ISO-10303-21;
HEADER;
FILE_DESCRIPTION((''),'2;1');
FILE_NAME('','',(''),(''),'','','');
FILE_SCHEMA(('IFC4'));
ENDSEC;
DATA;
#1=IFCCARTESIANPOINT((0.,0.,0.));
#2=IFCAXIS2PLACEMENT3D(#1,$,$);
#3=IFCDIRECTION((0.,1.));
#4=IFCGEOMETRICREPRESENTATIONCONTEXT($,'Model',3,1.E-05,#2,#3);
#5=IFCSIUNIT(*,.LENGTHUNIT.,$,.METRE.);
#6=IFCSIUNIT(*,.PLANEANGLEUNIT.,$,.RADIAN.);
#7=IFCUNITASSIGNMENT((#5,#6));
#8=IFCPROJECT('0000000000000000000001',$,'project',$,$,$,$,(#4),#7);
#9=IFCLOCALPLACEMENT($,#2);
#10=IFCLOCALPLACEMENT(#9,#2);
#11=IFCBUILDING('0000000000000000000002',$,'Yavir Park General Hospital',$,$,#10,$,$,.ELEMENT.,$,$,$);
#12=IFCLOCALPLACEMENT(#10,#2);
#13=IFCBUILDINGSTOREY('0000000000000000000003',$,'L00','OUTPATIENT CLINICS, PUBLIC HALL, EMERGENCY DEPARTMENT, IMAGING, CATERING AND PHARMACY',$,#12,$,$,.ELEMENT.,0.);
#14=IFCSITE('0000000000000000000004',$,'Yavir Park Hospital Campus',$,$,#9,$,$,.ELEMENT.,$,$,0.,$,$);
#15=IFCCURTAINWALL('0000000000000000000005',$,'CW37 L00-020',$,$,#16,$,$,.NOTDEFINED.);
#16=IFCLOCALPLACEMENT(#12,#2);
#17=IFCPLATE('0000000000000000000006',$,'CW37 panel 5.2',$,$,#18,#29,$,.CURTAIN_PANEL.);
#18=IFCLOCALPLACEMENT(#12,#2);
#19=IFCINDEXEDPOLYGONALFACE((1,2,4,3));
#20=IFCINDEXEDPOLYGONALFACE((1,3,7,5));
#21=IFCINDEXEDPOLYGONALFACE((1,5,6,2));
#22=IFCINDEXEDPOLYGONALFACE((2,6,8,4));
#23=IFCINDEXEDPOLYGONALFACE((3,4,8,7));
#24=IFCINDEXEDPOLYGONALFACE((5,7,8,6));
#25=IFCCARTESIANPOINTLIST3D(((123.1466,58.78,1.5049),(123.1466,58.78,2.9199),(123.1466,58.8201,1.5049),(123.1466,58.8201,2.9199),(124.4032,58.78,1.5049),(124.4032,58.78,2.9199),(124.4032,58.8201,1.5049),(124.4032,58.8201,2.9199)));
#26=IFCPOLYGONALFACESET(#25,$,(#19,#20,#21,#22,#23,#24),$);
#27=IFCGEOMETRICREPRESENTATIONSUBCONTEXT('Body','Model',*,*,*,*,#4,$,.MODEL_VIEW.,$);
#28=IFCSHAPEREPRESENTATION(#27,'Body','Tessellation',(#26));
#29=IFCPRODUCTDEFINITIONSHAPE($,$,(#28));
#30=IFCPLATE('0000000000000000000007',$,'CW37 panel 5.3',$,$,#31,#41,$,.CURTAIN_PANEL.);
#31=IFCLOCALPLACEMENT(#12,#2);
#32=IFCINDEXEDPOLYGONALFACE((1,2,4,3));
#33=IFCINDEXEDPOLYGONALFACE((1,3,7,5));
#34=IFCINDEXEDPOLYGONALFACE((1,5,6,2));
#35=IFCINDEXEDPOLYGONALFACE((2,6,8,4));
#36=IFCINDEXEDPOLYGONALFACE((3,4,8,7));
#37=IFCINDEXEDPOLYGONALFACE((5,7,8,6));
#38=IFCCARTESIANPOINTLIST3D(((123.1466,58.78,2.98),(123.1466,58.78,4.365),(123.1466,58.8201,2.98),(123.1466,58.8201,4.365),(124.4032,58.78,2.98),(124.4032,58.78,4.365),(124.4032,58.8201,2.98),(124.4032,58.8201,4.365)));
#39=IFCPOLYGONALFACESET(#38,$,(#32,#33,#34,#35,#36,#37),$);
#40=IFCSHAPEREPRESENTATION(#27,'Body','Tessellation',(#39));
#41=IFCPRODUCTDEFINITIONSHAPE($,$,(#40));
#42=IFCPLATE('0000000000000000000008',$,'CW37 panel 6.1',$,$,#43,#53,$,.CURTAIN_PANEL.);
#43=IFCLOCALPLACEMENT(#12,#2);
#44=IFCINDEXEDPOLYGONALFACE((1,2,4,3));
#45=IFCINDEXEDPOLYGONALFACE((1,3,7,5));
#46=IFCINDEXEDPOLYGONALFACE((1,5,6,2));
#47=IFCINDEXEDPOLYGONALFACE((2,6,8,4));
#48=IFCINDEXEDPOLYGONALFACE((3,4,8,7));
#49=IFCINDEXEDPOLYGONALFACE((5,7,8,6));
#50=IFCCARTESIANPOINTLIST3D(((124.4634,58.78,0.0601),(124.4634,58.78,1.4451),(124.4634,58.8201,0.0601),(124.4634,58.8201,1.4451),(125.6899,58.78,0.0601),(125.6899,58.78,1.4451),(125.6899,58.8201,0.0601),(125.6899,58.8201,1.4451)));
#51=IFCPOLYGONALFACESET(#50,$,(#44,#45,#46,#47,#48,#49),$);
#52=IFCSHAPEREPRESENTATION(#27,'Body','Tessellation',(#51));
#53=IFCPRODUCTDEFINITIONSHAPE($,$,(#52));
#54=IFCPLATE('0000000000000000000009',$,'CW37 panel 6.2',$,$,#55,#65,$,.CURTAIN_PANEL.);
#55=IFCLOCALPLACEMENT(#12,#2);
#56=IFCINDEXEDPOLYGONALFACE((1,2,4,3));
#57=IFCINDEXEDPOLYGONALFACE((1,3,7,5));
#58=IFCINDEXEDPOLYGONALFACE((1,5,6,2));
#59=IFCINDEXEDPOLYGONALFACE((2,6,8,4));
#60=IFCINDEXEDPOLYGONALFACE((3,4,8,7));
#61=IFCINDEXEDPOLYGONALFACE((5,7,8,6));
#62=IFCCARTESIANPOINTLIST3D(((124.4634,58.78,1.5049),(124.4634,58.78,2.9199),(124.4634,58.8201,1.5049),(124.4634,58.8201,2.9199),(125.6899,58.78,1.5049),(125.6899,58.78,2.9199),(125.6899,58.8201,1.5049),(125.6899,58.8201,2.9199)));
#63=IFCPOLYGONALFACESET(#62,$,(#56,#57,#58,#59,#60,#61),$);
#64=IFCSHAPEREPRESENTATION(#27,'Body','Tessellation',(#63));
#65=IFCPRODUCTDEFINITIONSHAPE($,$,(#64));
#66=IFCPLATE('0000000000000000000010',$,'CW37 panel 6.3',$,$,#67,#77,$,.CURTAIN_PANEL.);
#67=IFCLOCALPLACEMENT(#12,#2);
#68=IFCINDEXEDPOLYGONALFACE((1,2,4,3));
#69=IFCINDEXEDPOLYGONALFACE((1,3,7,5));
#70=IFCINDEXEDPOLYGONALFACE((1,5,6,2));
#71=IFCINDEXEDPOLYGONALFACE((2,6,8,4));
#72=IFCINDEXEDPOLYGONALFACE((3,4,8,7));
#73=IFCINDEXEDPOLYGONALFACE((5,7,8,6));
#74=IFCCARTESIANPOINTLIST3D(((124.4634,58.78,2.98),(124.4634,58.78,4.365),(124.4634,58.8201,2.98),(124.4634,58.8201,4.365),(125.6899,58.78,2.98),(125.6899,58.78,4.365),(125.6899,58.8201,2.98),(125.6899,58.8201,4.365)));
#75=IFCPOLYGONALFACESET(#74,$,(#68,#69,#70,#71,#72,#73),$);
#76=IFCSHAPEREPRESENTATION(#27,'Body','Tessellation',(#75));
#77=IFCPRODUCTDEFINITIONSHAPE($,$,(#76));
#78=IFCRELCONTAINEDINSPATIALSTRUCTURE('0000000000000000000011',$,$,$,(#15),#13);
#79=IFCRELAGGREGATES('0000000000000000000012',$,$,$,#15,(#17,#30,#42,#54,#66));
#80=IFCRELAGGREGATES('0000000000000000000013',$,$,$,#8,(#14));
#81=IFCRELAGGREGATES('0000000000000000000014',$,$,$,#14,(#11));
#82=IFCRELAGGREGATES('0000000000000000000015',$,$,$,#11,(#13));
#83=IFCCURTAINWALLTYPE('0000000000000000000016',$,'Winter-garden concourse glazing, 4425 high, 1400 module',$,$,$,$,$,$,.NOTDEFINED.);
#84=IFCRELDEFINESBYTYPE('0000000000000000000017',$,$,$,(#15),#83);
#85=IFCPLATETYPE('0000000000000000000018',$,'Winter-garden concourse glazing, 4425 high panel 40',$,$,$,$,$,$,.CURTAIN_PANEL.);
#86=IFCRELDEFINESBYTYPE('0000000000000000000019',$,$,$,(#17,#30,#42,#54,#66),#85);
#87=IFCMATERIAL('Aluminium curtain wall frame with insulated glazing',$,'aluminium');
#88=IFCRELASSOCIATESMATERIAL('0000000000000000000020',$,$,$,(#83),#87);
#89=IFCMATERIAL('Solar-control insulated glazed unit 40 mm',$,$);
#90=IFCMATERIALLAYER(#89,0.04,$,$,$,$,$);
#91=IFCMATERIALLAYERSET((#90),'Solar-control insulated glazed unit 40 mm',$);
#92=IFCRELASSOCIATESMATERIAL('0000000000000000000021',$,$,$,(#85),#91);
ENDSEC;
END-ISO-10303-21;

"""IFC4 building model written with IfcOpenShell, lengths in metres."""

from ifc_helpers import new_model, si_unit, direction, frame, origin, origin_2d, place, context, subcontext, project, spatial, rectangle, extrude, material, layer, layer_set, type_object, element, aggregate, save


model = new_model("IFC4")

# Units and contexts
model_context = context("Model", 3, precision=1e-05, world=origin(), true_north=direction((0.0, 1.0)))
body_context = subcontext(model_context, "Body", "Model", "MODEL_VIEW")
ifc_project = project(units=[si_unit("LENGTHUNIT", "METRE"), si_unit("PLANEANGLEUNIT", "RADIAN")], contexts=[model_context])

# Site, building, storey
site_placement = place(None, origin())
site = spatial("IfcSite", under=ifc_project, at=site_placement, Name="Yavir Park Hospital Campus", CompositionType="ELEMENT", RefElevation=0.0)
building_placement = place(site_placement, origin())
building = spatial("IfcBuilding", under=site, at=building_placement, Name="Yavir Park General Hospital", CompositionType="ELEMENT")
storey_placement = place(building_placement, origin())
storey = spatial("IfcBuildingStorey", under=building, at=storey_placement, Name="L00", Description="OUTPATIENT CLINICS, PUBLIC HALL, EMERGENCY DEPARTMENT, IMAGING, CATERING AND PHARMACY", CompositionType="ELEMENT", Elevation=0.0)

# Curtain wall, plates
ifc_material_1 = material(Name="Aluminium curtain wall frame with insulated glazing", Category="aluminium")
curtain_wall_type = type_object("IfcCurtainWallType", Name="Winter-garden concourse glazing, 4425 high, 1400 module", PredefinedType="NOTDEFINED", material=ifc_material_1)
curtain_wall_placement = place(storey_placement, origin())
curtain_wall = element("IfcCurtainWall", 1, at=curtain_wall_placement, inside=storey, type_object=curtain_wall_type, Name="CW37 L00-020", PredefinedType="NOTDEFINED")
ifc_material_2 = material(Name="Solar-control insulated glazed unit 40 mm")
ifc_layer = layer(ifc_material_2, 0.04)
ifc_layer_set = layer_set([ifc_layer], Name="Solar-control insulated glazed unit 40 mm")
plate_type = type_object("IfcPlateType", Name="Winter-garden concourse glazing, 4425 high panel 40", PredefinedType="CURTAIN_PANEL", material=ifc_layer_set)
plate_1_placement = place(storey_placement, frame((123.7749, 58.8, 1.5049), z_axis=(0.0, 0.0, 1.0), x_axis=(1.0, 0.0, 0.0)))
plate_1 = element("IfcPlate", 2, at=plate_1_placement, type_object=plate_type, Name="CW37 panel 5.2", PredefinedType="CURTAIN_PANEL", context=body_context, shape_type="SweptSolid", body=[
    extrude(rectangle(XDim=1.2566, YDim=0.04, at=origin_2d()), origin(), (0.0, 0.0, 1.0), 1.415),
])
plate_2_placement = place(storey_placement, frame((123.7749, 58.8, 2.98), z_axis=(0.0, 0.0, 1.0), x_axis=(1.0, 0.0, 0.0)))
plate_2 = element("IfcPlate", 3, at=plate_2_placement, type_object=plate_type, Name="CW37 panel 5.3", PredefinedType="CURTAIN_PANEL", context=body_context, shape_type="SweptSolid", body=[
    extrude(rectangle(XDim=1.2566, YDim=0.04, at=origin_2d()), origin(), (0.0, 0.0, 1.0), 1.385),
])
plate_3_placement = place(storey_placement, frame((125.0767, 58.8, 0.0601), z_axis=(0.0, 0.0, 1.0), x_axis=(1.0, 0.0, 0.0)))
plate_3 = element("IfcPlate", 4, at=plate_3_placement, type_object=plate_type, Name="CW37 panel 6.1", PredefinedType="CURTAIN_PANEL", context=body_context, shape_type="SweptSolid", body=[
    extrude(rectangle(XDim=1.2266, YDim=0.04, at=origin_2d()), origin(), (0.0, 0.0, 1.0), 1.385),
])
plate_4_placement = place(storey_placement, frame((125.0767, 58.8, 1.5049), z_axis=(0.0, 0.0, 1.0), x_axis=(1.0, 0.0, 0.0)))
plate_4 = element("IfcPlate", 5, at=plate_4_placement, type_object=plate_type, Name="CW37 panel 6.2", PredefinedType="CURTAIN_PANEL", context=body_context, shape_type="SweptSolid", body=[
    extrude(rectangle(XDim=1.2266, YDim=0.04, at=origin_2d()), origin(), (0.0, 0.0, 1.0), 1.415),
])
plate_5_placement = place(storey_placement, frame((125.0767, 58.8, 2.98), z_axis=(0.0, 0.0, 1.0), x_axis=(1.0, 0.0, 0.0)))
plate_5 = element("IfcPlate", 6, at=plate_5_placement, type_object=plate_type, Name="CW37 panel 6.3", PredefinedType="CURTAIN_PANEL", context=body_context, shape_type="SweptSolid", body=[
    extrude(rectangle(XDim=1.2266, YDim=0.04, at=origin_2d()), origin(), (0.0, 0.0, 1.0), 1.385),
])
aggregate(curtain_wall, [plate_1, plate_2, plate_3, plate_4, plate_5])

save(model, "model.ifc")
